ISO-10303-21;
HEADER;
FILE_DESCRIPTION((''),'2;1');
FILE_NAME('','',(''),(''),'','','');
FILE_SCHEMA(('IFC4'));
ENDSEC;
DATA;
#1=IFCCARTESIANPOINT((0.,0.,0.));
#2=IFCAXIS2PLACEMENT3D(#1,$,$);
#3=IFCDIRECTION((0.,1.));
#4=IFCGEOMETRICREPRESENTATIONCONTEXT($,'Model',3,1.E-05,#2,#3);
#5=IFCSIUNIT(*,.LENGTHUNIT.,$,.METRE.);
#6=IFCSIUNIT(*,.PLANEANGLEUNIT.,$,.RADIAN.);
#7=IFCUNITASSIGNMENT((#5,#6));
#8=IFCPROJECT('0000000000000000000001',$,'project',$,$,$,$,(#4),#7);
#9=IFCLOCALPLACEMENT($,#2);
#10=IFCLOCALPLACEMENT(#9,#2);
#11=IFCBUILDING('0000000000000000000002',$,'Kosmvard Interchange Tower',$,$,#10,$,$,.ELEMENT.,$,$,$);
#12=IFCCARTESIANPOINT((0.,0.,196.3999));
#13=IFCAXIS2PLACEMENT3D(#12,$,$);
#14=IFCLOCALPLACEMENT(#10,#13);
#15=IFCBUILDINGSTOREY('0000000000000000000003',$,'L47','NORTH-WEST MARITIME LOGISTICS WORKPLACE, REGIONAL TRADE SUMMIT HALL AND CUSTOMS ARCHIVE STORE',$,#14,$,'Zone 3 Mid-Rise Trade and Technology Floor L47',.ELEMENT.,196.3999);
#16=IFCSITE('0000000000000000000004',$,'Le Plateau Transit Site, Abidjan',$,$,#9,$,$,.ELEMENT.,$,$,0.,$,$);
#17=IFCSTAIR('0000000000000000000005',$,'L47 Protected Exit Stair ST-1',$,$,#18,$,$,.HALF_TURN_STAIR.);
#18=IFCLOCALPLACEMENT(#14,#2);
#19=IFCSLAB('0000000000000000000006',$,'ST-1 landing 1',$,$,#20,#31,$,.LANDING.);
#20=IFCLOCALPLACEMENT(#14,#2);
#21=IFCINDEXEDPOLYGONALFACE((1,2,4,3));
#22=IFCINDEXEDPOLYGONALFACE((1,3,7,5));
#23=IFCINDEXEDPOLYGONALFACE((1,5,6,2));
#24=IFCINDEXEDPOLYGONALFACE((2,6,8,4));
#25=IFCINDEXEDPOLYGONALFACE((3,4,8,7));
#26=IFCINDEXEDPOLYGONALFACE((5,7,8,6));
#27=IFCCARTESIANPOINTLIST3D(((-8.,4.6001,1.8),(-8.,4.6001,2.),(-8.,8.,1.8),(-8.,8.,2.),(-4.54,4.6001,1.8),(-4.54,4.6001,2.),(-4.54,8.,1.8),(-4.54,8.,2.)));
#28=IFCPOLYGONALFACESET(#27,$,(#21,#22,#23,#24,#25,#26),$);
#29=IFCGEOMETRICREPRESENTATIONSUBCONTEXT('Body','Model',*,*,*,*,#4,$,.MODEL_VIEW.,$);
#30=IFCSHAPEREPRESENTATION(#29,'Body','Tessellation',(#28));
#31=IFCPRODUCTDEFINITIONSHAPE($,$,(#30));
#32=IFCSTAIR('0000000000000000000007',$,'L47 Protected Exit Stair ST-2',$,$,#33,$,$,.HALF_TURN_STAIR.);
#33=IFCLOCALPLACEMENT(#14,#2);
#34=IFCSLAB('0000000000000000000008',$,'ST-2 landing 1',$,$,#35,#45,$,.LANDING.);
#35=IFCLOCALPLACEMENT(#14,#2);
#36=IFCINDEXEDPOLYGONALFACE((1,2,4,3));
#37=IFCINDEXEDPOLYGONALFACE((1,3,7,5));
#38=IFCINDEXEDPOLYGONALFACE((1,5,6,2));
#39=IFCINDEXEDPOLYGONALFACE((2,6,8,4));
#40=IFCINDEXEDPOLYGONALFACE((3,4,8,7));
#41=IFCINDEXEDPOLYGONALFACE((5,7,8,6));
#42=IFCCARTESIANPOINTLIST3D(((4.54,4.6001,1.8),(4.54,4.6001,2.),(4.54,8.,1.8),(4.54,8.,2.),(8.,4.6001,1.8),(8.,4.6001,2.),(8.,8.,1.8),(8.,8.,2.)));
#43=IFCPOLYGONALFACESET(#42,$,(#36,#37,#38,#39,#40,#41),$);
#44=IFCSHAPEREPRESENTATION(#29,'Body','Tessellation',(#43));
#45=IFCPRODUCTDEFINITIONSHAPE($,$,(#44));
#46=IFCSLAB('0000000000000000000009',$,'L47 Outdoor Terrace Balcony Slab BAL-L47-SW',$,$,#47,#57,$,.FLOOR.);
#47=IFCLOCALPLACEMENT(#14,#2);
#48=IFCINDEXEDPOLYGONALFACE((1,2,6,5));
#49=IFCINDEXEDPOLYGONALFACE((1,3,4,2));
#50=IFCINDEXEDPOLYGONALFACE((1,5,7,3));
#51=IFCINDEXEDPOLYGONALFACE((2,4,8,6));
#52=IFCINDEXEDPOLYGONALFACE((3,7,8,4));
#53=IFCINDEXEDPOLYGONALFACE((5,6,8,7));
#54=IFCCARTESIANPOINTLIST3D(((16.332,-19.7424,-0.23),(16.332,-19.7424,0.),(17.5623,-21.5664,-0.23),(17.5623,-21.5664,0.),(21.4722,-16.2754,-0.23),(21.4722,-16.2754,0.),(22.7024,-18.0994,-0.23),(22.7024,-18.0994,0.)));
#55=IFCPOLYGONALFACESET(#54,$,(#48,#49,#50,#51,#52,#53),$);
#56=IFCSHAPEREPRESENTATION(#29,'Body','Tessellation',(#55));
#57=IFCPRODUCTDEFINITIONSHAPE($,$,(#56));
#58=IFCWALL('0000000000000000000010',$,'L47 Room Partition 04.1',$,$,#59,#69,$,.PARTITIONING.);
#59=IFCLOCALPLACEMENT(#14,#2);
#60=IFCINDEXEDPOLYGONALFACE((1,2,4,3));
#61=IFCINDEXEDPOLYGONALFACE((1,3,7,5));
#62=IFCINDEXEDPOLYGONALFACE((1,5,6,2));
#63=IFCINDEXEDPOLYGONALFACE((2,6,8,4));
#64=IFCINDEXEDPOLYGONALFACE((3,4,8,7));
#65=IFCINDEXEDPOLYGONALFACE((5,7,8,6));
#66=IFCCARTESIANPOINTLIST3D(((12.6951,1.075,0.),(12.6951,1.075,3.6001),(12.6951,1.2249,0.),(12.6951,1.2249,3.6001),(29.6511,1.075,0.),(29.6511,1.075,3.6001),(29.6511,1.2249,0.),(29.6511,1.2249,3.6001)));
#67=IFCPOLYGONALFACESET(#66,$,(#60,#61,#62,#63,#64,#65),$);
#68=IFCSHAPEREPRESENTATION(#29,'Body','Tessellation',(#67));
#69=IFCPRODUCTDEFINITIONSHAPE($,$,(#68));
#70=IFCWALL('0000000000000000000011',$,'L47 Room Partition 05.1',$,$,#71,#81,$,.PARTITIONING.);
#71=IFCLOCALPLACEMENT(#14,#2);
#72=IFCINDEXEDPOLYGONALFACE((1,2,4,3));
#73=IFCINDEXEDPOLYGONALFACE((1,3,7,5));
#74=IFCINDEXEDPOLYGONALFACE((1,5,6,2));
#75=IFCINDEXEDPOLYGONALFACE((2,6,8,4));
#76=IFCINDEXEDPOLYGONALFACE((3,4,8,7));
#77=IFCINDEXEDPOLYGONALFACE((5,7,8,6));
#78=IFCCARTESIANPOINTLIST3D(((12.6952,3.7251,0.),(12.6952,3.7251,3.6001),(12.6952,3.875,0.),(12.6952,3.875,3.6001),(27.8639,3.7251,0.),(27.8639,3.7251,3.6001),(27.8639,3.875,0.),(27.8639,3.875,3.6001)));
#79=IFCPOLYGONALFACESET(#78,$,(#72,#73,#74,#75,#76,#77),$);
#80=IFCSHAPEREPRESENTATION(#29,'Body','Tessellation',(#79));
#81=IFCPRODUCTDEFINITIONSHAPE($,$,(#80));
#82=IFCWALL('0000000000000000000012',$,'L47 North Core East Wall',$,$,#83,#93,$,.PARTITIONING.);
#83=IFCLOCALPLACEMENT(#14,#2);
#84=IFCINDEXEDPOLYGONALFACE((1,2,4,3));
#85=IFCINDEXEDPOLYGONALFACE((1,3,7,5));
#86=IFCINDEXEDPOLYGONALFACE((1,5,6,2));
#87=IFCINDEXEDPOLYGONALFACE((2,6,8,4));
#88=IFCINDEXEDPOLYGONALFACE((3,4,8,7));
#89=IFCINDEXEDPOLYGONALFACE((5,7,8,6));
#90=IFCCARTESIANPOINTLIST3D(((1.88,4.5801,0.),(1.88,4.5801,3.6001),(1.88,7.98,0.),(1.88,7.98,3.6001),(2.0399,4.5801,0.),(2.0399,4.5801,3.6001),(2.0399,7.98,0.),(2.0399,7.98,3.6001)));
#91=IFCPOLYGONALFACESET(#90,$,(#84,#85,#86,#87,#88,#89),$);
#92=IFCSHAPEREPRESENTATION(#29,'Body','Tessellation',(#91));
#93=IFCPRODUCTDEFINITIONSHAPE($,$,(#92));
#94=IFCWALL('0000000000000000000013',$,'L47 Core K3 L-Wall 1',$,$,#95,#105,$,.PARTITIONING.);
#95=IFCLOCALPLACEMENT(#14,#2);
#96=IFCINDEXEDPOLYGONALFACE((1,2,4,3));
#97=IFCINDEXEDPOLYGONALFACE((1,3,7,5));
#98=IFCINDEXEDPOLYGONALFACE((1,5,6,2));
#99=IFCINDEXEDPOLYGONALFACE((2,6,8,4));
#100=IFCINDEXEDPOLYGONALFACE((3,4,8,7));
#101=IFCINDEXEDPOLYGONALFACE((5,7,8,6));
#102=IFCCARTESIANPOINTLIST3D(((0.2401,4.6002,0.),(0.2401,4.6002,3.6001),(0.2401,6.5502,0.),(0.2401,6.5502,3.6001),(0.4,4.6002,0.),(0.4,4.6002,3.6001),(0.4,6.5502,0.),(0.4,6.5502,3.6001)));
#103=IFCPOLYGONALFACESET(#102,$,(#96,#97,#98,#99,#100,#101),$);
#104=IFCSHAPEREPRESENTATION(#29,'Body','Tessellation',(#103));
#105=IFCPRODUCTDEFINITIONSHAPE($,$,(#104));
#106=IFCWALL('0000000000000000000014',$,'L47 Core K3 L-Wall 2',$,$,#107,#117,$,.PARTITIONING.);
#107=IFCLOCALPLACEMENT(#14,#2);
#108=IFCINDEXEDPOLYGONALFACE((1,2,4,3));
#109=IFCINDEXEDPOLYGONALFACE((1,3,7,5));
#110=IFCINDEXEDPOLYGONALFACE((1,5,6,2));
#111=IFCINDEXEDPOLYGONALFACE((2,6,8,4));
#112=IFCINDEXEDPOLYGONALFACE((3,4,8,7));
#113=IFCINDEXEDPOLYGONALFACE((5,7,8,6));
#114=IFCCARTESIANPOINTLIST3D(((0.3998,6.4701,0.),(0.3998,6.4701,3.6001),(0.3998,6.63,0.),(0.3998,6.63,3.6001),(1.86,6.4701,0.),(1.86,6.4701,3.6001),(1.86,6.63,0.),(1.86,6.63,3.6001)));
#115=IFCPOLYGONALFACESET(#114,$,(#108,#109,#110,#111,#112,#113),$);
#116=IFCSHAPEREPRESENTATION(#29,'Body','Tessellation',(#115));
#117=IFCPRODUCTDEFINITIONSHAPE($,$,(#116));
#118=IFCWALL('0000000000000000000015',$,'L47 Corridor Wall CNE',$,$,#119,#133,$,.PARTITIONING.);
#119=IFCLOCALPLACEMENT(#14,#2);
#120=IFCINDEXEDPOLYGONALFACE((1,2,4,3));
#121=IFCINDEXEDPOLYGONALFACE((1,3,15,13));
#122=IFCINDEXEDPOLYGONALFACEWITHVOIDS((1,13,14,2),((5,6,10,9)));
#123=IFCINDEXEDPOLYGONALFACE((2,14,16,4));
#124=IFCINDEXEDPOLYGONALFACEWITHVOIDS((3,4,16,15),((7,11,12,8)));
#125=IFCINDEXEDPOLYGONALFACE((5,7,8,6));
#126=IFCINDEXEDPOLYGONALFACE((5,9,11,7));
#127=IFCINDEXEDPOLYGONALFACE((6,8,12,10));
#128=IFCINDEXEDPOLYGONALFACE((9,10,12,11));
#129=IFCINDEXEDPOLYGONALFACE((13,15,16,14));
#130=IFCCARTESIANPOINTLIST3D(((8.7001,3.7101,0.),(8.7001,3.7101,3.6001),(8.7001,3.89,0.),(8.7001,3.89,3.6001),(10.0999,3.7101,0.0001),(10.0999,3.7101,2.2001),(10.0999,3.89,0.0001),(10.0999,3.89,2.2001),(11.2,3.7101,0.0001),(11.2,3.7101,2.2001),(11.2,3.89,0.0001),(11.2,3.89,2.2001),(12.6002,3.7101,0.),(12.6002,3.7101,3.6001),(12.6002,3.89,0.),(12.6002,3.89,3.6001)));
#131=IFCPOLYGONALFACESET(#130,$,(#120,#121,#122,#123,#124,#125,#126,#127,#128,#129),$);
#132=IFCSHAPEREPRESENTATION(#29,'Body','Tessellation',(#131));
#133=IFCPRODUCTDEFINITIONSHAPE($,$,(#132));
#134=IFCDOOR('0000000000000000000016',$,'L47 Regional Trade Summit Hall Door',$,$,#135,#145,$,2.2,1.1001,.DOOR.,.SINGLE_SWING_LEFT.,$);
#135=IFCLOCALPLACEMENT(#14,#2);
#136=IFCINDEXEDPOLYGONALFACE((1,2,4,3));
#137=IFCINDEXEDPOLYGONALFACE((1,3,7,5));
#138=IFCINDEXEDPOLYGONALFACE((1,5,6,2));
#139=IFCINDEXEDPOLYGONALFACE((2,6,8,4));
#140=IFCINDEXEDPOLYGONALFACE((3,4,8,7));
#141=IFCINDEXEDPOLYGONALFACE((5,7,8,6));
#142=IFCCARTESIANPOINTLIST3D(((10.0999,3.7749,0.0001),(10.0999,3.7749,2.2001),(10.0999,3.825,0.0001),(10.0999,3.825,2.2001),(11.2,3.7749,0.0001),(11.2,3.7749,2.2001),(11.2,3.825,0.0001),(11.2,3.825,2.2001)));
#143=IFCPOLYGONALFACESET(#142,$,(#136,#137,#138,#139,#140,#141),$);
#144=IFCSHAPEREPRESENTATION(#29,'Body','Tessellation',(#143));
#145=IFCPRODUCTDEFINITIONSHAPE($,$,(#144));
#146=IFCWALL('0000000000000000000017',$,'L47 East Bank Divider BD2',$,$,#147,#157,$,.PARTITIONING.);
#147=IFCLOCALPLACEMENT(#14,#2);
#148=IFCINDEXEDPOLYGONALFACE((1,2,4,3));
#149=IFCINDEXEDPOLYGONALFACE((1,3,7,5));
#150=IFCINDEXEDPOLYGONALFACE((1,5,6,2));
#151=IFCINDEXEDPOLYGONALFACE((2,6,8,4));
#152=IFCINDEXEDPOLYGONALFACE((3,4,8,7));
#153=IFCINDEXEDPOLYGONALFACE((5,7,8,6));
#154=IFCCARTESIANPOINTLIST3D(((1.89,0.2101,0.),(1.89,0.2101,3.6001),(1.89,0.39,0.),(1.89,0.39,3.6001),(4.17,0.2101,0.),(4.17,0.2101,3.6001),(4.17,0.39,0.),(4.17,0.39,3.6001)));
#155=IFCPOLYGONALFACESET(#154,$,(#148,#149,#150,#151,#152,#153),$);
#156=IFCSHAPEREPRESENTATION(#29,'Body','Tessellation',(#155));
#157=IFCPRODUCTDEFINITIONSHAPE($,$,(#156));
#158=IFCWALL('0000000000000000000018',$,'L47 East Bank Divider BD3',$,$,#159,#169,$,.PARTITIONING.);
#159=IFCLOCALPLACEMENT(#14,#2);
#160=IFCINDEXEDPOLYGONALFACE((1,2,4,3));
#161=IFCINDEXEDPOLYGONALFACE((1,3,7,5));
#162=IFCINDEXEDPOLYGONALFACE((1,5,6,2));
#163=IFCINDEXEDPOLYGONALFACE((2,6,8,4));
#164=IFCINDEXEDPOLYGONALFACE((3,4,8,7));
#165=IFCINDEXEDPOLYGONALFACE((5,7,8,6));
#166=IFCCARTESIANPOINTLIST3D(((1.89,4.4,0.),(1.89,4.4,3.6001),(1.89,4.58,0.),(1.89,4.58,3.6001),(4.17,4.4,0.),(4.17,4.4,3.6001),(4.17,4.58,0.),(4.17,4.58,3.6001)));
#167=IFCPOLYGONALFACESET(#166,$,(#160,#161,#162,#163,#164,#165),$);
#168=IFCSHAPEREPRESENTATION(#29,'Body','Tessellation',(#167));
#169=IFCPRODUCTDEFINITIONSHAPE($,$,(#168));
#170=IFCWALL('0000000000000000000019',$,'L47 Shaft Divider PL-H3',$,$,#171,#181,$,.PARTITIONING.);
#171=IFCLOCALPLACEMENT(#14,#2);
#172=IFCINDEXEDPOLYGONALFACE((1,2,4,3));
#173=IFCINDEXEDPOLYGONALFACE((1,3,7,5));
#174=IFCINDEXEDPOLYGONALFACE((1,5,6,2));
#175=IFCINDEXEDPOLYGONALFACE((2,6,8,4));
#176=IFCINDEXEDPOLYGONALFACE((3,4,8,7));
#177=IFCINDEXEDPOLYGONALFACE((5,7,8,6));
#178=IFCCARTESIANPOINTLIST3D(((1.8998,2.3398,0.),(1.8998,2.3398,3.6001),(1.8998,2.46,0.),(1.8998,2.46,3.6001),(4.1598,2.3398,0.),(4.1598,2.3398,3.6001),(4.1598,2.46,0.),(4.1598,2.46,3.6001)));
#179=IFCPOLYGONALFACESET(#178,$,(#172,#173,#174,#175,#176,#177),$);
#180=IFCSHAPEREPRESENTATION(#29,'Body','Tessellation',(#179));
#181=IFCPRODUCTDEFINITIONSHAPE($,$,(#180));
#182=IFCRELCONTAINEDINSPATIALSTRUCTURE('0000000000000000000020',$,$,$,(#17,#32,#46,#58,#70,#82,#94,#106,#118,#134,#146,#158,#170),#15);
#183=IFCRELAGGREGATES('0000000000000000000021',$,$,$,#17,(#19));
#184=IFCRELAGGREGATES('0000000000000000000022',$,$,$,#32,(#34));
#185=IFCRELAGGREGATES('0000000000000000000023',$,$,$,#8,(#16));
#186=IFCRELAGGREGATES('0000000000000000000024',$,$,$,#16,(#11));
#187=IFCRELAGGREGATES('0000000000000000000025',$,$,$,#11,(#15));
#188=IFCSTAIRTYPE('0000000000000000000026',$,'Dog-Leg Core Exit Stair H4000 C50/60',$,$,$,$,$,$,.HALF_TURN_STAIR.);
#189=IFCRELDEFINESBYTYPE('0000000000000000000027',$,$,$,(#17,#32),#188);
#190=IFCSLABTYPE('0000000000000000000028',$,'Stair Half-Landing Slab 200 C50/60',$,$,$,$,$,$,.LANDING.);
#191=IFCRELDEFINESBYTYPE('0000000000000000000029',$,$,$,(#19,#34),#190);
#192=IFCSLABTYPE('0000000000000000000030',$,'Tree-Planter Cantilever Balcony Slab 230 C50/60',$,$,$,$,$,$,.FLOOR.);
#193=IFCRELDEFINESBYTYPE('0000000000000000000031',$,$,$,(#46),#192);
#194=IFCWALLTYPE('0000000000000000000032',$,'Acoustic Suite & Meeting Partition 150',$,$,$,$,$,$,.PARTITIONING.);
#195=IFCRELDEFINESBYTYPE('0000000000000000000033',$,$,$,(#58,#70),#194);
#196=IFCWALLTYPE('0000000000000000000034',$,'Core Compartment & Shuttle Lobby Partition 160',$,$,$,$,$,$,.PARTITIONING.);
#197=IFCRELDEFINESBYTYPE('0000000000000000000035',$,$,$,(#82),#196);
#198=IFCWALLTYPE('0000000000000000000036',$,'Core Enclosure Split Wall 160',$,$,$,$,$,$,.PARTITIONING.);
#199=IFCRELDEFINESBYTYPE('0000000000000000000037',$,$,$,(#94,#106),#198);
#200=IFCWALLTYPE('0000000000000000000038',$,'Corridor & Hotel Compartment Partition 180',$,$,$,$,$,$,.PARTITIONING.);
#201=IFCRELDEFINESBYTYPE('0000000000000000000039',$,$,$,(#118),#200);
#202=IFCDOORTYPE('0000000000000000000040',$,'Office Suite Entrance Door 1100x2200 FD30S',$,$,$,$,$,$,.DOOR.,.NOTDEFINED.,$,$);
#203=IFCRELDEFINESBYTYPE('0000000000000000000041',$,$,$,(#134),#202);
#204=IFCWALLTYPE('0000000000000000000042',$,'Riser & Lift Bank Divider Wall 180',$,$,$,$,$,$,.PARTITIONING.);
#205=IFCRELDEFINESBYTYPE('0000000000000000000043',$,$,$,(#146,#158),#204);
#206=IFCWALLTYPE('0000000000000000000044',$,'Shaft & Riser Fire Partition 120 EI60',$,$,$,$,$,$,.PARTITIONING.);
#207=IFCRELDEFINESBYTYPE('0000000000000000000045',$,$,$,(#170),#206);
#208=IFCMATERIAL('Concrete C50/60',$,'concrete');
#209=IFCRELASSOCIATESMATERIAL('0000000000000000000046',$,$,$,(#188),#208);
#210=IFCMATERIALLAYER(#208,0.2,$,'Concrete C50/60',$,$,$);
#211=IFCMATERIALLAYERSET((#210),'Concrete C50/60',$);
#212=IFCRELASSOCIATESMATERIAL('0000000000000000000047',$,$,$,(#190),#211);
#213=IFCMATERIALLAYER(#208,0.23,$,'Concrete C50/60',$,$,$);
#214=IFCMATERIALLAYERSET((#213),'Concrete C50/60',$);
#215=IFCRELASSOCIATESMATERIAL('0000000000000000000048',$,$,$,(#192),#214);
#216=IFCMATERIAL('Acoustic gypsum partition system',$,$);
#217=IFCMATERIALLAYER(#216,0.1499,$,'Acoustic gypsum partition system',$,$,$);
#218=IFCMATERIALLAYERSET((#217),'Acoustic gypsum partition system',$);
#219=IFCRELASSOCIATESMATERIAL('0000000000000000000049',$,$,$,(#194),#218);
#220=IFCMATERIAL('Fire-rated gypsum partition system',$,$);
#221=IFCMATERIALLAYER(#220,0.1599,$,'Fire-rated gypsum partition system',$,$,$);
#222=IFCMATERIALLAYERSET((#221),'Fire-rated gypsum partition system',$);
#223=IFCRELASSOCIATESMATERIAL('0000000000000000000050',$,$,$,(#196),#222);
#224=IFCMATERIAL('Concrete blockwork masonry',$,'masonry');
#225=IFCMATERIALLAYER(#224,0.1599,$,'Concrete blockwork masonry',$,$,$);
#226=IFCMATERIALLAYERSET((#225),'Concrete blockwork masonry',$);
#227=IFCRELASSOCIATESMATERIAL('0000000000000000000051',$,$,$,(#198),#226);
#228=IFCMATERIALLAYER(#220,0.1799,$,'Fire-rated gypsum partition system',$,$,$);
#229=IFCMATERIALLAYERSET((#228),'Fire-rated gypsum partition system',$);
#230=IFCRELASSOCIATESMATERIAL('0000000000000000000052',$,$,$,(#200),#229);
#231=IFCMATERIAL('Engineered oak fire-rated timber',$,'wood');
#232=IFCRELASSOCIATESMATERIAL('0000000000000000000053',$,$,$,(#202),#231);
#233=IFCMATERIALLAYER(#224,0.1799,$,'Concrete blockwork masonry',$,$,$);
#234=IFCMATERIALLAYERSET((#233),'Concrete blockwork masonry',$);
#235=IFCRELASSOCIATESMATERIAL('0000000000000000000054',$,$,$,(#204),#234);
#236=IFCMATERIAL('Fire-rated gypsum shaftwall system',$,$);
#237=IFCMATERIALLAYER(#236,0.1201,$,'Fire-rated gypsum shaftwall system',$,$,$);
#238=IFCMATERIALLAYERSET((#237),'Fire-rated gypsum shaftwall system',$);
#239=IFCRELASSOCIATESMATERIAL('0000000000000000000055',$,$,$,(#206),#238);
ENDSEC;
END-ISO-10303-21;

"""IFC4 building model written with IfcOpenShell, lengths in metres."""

from ifc_helpers import new_model, si_unit, direction, frame, frame_2d, origin, place, context, subcontext, project, spatial, polyline, rectangle, outline, extrude, source, transform, mapped, material, layer, layer_set, type_object, element, fill, aggregate, save


model = new_model("IFC4")

# Units and contexts
model_context = context("Model", 3, precision=1e-05, world=origin(), true_north=direction((0.0, 1.0)))
body_context = subcontext(model_context, "Body", "Model", "MODEL_VIEW")
ifc_project = project(units=[si_unit("LENGTHUNIT", "METRE"), si_unit("PLANEANGLEUNIT", "RADIAN")], contexts=[model_context])

# Site, building, storey
site_placement = place(None, origin())
site = spatial("IfcSite", under=ifc_project, at=site_placement, Name="Le Plateau Transit Site, Abidjan", CompositionType="ELEMENT", RefElevation=0.0)
building_placement = place(site_placement, origin())
building = spatial("IfcBuilding", under=site, at=building_placement, Name="Kosmvard Interchange Tower", CompositionType="ELEMENT")
storey_placement = place(building_placement, frame((0.0, 0.0, 196.3999)))
storey = spatial("IfcBuildingStorey", under=building, at=storey_placement, Name="L47", Description="NORTH-WEST MARITIME LOGISTICS WORKPLACE, REGIONAL TRADE SUMMIT HALL AND CUSTOMS ARCHIVE STORE", LongName="Zone 3 Mid-Rise Trade and Technology Floor L47", CompositionType="ELEMENT", Elevation=196.3999)

# Stairs, slabs
ifc_material_1 = material(Name="Concrete C50/60", Category="concrete")
stair_type = type_object("IfcStairType", Name="Dog-Leg Core Exit Stair H4000 C50/60", PredefinedType="HALF_TURN_STAIR", material=ifc_material_1)
stair_1_placement = place(storey_placement, origin())
stair_1 = element("IfcStair", 1, at=stair_1_placement, inside=storey, type_object=stair_type, Name="L47 Protected Exit Stair ST-1", PredefinedType="HALF_TURN_STAIR")
ifc_layer_1 = layer(ifc_material_1, 0.2, Name="Concrete C50/60")
ifc_layer_set_1 = layer_set([ifc_layer_1], Name="Concrete C50/60")
slab_type_1 = type_object("IfcSlabType", Name="Stair Half-Landing Slab 200 C50/60", PredefinedType="LANDING", material=ifc_layer_set_1)
slab_1_placement = place(storey_placement, frame((0.0, 0.0, 1.8)))
slab_1 = element("IfcSlab", 2, at=slab_1_placement, type_object=slab_type_1, Name="ST-1 landing 1", PredefinedType="LANDING", context=body_context, shape_type="SweptSolid", body=[
    extrude(outline(polyline([(-4.54, 4.6001), (-4.54, 8.0), (-8.0, 8.0), (-8.0, 4.6001), (-4.54, 4.6001)])), origin(), (0.0, 0.0, 1.0), 0.2),
])
aggregate(stair_1, [slab_1])
stair_2_placement = place(storey_placement, origin())
stair_2 = element("IfcStair", 3, at=stair_2_placement, inside=storey, type_object=stair_type, Name="L47 Protected Exit Stair ST-2", PredefinedType="HALF_TURN_STAIR")
slab_2_placement = place(storey_placement, frame((0.0, 0.0, 1.8)))
slab_2 = element("IfcSlab", 4, at=slab_2_placement, type_object=slab_type_1, Name="ST-2 landing 1", PredefinedType="LANDING", context=body_context, shape_type="SweptSolid", body=[
    extrude(outline(polyline([(8.0, 4.6001), (8.0, 8.0), (4.54, 8.0), (4.54, 4.6001), (8.0, 4.6001)])), origin(), (0.0, 0.0, 1.0), 0.2),
])

# Slab
ifc_layer_2 = layer(ifc_material_1, 0.23, Name="Concrete C50/60")
ifc_layer_set_2 = layer_set([ifc_layer_2], Name="Concrete C50/60")
slab_type_2 = type_object("IfcSlabType", Name="Tree-Planter Cantilever Balcony Slab 230 C50/60", PredefinedType="FLOOR", material=ifc_layer_set_2)
slab_3_placement = place(storey_placement, frame((0.0, 0.0, -0.23)))
element("IfcSlab", 5, at=slab_3_placement, inside=storey, type_object=slab_type_2, Name="L47 Outdoor Terrace Balcony Slab BAL-L47-SW", PredefinedType="FLOOR", context=body_context, shape_type="SweptSolid", body=[
    extrude(outline(polyline([(17.5623, -21.5664), (22.7024, -18.0994), (21.4722, -16.2754), (16.332, -19.7424), (17.5623, -21.5664)])), origin(), (0.0, 0.0, 1.0), 0.23),
])

# Walls
ifc_material_2 = material(Name="Acoustic gypsum partition system")
ifc_layer_3 = layer(ifc_material_2, 0.1499, Name="Acoustic gypsum partition system")
ifc_layer_set_3 = layer_set([ifc_layer_3], Name="Acoustic gypsum partition system")
wall_type_1 = type_object("IfcWallType", Name="Acoustic Suite & Meeting Partition 150", PredefinedType="PARTITIONING", material=ifc_layer_set_3)
wall_1_placement = place(storey_placement, frame((12.6951, 1.1499, 0.0), z_axis=(0.0, 0.0, 1.0), x_axis=(1.0, 0.0, 0.0)))
element("IfcWall", 6, at=wall_1_placement, inside=storey, type_object=wall_type_1, Name="L47 Room Partition 04.1", PredefinedType="PARTITIONING", context=body_context, shape_type="SweptSolid", body=[
    extrude(rectangle(XDim=16.9561, YDim=0.1499, at=frame_2d((8.478, 0.0))), origin(), (0.0, 0.0, 1.0), 3.6001),
])
wall_2_placement = place(storey_placement, frame((12.6951, 3.8, 0.0), z_axis=(0.0, 0.0, 1.0), x_axis=(1.0, 0.0, 0.0)))
element("IfcWall", 7, at=wall_2_placement, inside=storey, type_object=wall_type_1, Name="L47 Room Partition 05.1", PredefinedType="PARTITIONING", context=body_context, shape_type="SweptSolid", body=[
    extrude(rectangle(XDim=15.1687, YDim=0.1499, at=frame_2d((7.5845, 0.0))), origin(), (0.0, 0.0, 1.0), 3.6001),
])
ifc_material_3 = material(Name="Fire-rated gypsum partition system")
ifc_layer_4 = layer(ifc_material_3, 0.1599, Name="Fire-rated gypsum partition system")
ifc_layer_set_4 = layer_set([ifc_layer_4], Name="Fire-rated gypsum partition system")
wall_type_2 = type_object("IfcWallType", Name="Core Compartment & Shuttle Lobby Partition 160", PredefinedType="PARTITIONING", material=ifc_layer_set_4)
wall_3_placement = place(storey_placement, frame((1.96, 4.5801, 0.0), z_axis=(0.0, 0.0, 1.0), x_axis=(0.0, 1.0, 0.0)))
element("IfcWall", 8, at=wall_3_placement, inside=storey, type_object=wall_type_2, Name="L47 North Core East Wall", PredefinedType="PARTITIONING", context=body_context, shape_type="SweptSolid", body=[
    extrude(rectangle(XDim=3.3999, YDim=0.1599, at=frame_2d((1.7, 0.0))), origin(), (0.0, 0.0, 1.0), 3.6001),
])
ifc_material_4 = material(Name="Concrete blockwork masonry", Category="masonry")
ifc_layer_5 = layer(ifc_material_4, 0.1599, Name="Concrete blockwork masonry")
ifc_layer_set_5 = layer_set([ifc_layer_5], Name="Concrete blockwork masonry")
wall_type_3 = type_object("IfcWallType", Name="Core Enclosure Split Wall 160", PredefinedType="PARTITIONING", material=ifc_layer_set_5)
wall_4_placement = place(storey_placement, frame((0.3201, 4.6001, 0.0), z_axis=(0.0, 0.0, 1.0), x_axis=(0.0, 1.0, 0.0)))
element("IfcWall", 9, at=wall_4_placement, inside=storey, type_object=wall_type_3, Name="L47 Core K3 L-Wall 1", PredefinedType="PARTITIONING", context=body_context, shape_type="SweptSolid", body=[
    extrude(rectangle(XDim=1.95, YDim=0.1599, at=frame_2d((0.9751, 0.0))), origin(), (0.0, 0.0, 1.0), 3.6001),
])
wall_5_placement = place(storey_placement, frame((0.3999, 6.55, 0.0), z_axis=(0.0, 0.0, 1.0), x_axis=(1.0, 0.0, 0.0)))
element("IfcWall", 10, at=wall_5_placement, inside=storey, type_object=wall_type_3, Name="L47 Core K3 L-Wall 2", PredefinedType="PARTITIONING", context=body_context, shape_type="SweptSolid", body=[
    extrude(rectangle(XDim=1.4602, YDim=0.1599, at=frame_2d((0.73, 0.0))), origin(), (0.0, 0.0, 1.0), 3.6001),
])

# Wall, opening, door
ifc_layer_6 = layer(ifc_material_3, 0.1799, Name="Fire-rated gypsum partition system")
ifc_layer_set_6 = layer_set([ifc_layer_6], Name="Fire-rated gypsum partition system")
wall_type_4 = type_object("IfcWallType", Name="Corridor & Hotel Compartment Partition 180", PredefinedType="PARTITIONING", material=ifc_layer_set_6)
wall_6_placement = place(storey_placement, frame((8.7, 3.8, 0.0), z_axis=(0.0, 0.0, 1.0), x_axis=(1.0, 0.0, 0.0)))
wall_6 = element("IfcWall", 11, at=wall_6_placement, inside=storey, type_object=wall_type_4, Name="L47 Corridor Wall CNE", PredefinedType="PARTITIONING", context=body_context, shape_type="SweptSolid", body=[
    extrude(rectangle(XDim=3.9001, YDim=0.1799, at=frame_2d((1.9502, 0.0))), origin(), (0.0, 0.0, 1.0), 3.6001),
])
opening_1_placement = place(wall_6_placement, frame((1.3999, 0.0, 0.0)))
opening_1 = element("IfcOpeningElement", 12, at=opening_1_placement, cuts=wall_6, PredefinedType="OPENING", context=body_context, shape_type="SweptSolid", body=[
    extrude(rectangle(XDim=1.1001, YDim=2.2, at=frame_2d((0.55, 1.1001))), frame((0.0, 0.1001, 0.0), z_axis=(0.0, -1.0, 0.0), x_axis=(1.0, 0.0, 0.0)), (0.0, 0.0, 1.0), 0.2),
])
ifc_material_5 = material(Name="Engineered oak fire-rated timber", Category="wood")
door_type_1 = type_object("IfcDoorType", Name="Office Suite Entrance Door 1100x2200 FD30S", OperationType="NOTDEFINED", PredefinedType="DOOR", material=ifc_material_5)
shared_shape_1 = source(origin(), body_context, "Body", "SweptSolid", [
    extrude(rectangle(XDim=1.1001, YDim=2.2, at=frame_2d((0.55, 1.1001))), frame((0.0, 0.0249, 0.0), z_axis=(0.0, -1.0, 0.0), x_axis=(1.0, 0.0, 0.0)), (0.0, 0.0, 1.0), 0.05),
])
door_1_placement = place(opening_1_placement, origin())
door_1 = element("IfcDoor", 13, at=door_1_placement, inside=storey, type_object=door_type_1, Name="L47 Regional Trade Summit Hall Door", OperationType="SINGLE_SWING_LEFT", OverallHeight=2.2, OverallWidth=1.1001, PredefinedType="DOOR", context=body_context, shape_type="MappedRepresentation", body=[
    mapped(shared_shape_1, transform((0.0, 0.0, 0.0), scale=1.0)),
])
fill(opening_1, door_1)

# Walls
ifc_layer_7 = layer(ifc_material_4, 0.1799, Name="Concrete blockwork masonry")
ifc_layer_set_7 = layer_set([ifc_layer_7], Name="Concrete blockwork masonry")
wall_type_5 = type_object("IfcWallType", Name="Riser & Lift Bank Divider Wall 180", PredefinedType="PARTITIONING", material=ifc_layer_set_7)
for number, where, z_axis, x_axis, name in (
    (14, (1.8899, 0.3, 0.0), (0.0, 0.0, 1.0), (1.0, 0.0, 0.0), "L47 East Bank Divider BD2"),
    (15, (1.8899, 4.49, 0.0), (0.0, 0.0, 1.0), (1.0, 0.0, 0.0), "L47 East Bank Divider BD3"),
):
    element("IfcWall", number, at=place(storey_placement, frame(where, z_axis=z_axis, x_axis=x_axis)), inside=storey, type_object=wall_type_5, Name=name, PredefinedType="PARTITIONING", context=body_context, shape_type="SweptSolid", body=[
        extrude(rectangle(XDim=2.28, YDim=0.1799, at=frame_2d((1.1401, 0.0))), origin(), (0.0, 0.0, 1.0), 3.6001),
    ])
ifc_material_6 = material(Name="Fire-rated gypsum shaftwall system")
ifc_layer_8 = layer(ifc_material_6, 0.1201, Name="Fire-rated gypsum shaftwall system")
ifc_layer_set_8 = layer_set([ifc_layer_8], Name="Fire-rated gypsum shaftwall system")
wall_type_6 = type_object("IfcWallType", Name="Shaft & Riser Fire Partition 120 EI60", PredefinedType="PARTITIONING", material=ifc_layer_set_8)
wall_7_placement = place(storey_placement, frame((1.8999, 2.3999, 0.0), z_axis=(0.0, 0.0, 1.0), x_axis=(1.0, 0.0, 0.0)))
element("IfcWall", 16, at=wall_7_placement, inside=storey, type_object=wall_type_6, Name="L47 Shaft Divider PL-H3", PredefinedType="PARTITIONING", context=body_context, shape_type="SweptSolid", body=[
    extrude(rectangle(XDim=2.26, YDim=0.1201, at=frame_2d((1.1299, 0.0))), origin(), (0.0, 0.0, 1.0), 3.6001),
])

aggregate(stair_2, [slab_2])

save(model, "model.ifc")
